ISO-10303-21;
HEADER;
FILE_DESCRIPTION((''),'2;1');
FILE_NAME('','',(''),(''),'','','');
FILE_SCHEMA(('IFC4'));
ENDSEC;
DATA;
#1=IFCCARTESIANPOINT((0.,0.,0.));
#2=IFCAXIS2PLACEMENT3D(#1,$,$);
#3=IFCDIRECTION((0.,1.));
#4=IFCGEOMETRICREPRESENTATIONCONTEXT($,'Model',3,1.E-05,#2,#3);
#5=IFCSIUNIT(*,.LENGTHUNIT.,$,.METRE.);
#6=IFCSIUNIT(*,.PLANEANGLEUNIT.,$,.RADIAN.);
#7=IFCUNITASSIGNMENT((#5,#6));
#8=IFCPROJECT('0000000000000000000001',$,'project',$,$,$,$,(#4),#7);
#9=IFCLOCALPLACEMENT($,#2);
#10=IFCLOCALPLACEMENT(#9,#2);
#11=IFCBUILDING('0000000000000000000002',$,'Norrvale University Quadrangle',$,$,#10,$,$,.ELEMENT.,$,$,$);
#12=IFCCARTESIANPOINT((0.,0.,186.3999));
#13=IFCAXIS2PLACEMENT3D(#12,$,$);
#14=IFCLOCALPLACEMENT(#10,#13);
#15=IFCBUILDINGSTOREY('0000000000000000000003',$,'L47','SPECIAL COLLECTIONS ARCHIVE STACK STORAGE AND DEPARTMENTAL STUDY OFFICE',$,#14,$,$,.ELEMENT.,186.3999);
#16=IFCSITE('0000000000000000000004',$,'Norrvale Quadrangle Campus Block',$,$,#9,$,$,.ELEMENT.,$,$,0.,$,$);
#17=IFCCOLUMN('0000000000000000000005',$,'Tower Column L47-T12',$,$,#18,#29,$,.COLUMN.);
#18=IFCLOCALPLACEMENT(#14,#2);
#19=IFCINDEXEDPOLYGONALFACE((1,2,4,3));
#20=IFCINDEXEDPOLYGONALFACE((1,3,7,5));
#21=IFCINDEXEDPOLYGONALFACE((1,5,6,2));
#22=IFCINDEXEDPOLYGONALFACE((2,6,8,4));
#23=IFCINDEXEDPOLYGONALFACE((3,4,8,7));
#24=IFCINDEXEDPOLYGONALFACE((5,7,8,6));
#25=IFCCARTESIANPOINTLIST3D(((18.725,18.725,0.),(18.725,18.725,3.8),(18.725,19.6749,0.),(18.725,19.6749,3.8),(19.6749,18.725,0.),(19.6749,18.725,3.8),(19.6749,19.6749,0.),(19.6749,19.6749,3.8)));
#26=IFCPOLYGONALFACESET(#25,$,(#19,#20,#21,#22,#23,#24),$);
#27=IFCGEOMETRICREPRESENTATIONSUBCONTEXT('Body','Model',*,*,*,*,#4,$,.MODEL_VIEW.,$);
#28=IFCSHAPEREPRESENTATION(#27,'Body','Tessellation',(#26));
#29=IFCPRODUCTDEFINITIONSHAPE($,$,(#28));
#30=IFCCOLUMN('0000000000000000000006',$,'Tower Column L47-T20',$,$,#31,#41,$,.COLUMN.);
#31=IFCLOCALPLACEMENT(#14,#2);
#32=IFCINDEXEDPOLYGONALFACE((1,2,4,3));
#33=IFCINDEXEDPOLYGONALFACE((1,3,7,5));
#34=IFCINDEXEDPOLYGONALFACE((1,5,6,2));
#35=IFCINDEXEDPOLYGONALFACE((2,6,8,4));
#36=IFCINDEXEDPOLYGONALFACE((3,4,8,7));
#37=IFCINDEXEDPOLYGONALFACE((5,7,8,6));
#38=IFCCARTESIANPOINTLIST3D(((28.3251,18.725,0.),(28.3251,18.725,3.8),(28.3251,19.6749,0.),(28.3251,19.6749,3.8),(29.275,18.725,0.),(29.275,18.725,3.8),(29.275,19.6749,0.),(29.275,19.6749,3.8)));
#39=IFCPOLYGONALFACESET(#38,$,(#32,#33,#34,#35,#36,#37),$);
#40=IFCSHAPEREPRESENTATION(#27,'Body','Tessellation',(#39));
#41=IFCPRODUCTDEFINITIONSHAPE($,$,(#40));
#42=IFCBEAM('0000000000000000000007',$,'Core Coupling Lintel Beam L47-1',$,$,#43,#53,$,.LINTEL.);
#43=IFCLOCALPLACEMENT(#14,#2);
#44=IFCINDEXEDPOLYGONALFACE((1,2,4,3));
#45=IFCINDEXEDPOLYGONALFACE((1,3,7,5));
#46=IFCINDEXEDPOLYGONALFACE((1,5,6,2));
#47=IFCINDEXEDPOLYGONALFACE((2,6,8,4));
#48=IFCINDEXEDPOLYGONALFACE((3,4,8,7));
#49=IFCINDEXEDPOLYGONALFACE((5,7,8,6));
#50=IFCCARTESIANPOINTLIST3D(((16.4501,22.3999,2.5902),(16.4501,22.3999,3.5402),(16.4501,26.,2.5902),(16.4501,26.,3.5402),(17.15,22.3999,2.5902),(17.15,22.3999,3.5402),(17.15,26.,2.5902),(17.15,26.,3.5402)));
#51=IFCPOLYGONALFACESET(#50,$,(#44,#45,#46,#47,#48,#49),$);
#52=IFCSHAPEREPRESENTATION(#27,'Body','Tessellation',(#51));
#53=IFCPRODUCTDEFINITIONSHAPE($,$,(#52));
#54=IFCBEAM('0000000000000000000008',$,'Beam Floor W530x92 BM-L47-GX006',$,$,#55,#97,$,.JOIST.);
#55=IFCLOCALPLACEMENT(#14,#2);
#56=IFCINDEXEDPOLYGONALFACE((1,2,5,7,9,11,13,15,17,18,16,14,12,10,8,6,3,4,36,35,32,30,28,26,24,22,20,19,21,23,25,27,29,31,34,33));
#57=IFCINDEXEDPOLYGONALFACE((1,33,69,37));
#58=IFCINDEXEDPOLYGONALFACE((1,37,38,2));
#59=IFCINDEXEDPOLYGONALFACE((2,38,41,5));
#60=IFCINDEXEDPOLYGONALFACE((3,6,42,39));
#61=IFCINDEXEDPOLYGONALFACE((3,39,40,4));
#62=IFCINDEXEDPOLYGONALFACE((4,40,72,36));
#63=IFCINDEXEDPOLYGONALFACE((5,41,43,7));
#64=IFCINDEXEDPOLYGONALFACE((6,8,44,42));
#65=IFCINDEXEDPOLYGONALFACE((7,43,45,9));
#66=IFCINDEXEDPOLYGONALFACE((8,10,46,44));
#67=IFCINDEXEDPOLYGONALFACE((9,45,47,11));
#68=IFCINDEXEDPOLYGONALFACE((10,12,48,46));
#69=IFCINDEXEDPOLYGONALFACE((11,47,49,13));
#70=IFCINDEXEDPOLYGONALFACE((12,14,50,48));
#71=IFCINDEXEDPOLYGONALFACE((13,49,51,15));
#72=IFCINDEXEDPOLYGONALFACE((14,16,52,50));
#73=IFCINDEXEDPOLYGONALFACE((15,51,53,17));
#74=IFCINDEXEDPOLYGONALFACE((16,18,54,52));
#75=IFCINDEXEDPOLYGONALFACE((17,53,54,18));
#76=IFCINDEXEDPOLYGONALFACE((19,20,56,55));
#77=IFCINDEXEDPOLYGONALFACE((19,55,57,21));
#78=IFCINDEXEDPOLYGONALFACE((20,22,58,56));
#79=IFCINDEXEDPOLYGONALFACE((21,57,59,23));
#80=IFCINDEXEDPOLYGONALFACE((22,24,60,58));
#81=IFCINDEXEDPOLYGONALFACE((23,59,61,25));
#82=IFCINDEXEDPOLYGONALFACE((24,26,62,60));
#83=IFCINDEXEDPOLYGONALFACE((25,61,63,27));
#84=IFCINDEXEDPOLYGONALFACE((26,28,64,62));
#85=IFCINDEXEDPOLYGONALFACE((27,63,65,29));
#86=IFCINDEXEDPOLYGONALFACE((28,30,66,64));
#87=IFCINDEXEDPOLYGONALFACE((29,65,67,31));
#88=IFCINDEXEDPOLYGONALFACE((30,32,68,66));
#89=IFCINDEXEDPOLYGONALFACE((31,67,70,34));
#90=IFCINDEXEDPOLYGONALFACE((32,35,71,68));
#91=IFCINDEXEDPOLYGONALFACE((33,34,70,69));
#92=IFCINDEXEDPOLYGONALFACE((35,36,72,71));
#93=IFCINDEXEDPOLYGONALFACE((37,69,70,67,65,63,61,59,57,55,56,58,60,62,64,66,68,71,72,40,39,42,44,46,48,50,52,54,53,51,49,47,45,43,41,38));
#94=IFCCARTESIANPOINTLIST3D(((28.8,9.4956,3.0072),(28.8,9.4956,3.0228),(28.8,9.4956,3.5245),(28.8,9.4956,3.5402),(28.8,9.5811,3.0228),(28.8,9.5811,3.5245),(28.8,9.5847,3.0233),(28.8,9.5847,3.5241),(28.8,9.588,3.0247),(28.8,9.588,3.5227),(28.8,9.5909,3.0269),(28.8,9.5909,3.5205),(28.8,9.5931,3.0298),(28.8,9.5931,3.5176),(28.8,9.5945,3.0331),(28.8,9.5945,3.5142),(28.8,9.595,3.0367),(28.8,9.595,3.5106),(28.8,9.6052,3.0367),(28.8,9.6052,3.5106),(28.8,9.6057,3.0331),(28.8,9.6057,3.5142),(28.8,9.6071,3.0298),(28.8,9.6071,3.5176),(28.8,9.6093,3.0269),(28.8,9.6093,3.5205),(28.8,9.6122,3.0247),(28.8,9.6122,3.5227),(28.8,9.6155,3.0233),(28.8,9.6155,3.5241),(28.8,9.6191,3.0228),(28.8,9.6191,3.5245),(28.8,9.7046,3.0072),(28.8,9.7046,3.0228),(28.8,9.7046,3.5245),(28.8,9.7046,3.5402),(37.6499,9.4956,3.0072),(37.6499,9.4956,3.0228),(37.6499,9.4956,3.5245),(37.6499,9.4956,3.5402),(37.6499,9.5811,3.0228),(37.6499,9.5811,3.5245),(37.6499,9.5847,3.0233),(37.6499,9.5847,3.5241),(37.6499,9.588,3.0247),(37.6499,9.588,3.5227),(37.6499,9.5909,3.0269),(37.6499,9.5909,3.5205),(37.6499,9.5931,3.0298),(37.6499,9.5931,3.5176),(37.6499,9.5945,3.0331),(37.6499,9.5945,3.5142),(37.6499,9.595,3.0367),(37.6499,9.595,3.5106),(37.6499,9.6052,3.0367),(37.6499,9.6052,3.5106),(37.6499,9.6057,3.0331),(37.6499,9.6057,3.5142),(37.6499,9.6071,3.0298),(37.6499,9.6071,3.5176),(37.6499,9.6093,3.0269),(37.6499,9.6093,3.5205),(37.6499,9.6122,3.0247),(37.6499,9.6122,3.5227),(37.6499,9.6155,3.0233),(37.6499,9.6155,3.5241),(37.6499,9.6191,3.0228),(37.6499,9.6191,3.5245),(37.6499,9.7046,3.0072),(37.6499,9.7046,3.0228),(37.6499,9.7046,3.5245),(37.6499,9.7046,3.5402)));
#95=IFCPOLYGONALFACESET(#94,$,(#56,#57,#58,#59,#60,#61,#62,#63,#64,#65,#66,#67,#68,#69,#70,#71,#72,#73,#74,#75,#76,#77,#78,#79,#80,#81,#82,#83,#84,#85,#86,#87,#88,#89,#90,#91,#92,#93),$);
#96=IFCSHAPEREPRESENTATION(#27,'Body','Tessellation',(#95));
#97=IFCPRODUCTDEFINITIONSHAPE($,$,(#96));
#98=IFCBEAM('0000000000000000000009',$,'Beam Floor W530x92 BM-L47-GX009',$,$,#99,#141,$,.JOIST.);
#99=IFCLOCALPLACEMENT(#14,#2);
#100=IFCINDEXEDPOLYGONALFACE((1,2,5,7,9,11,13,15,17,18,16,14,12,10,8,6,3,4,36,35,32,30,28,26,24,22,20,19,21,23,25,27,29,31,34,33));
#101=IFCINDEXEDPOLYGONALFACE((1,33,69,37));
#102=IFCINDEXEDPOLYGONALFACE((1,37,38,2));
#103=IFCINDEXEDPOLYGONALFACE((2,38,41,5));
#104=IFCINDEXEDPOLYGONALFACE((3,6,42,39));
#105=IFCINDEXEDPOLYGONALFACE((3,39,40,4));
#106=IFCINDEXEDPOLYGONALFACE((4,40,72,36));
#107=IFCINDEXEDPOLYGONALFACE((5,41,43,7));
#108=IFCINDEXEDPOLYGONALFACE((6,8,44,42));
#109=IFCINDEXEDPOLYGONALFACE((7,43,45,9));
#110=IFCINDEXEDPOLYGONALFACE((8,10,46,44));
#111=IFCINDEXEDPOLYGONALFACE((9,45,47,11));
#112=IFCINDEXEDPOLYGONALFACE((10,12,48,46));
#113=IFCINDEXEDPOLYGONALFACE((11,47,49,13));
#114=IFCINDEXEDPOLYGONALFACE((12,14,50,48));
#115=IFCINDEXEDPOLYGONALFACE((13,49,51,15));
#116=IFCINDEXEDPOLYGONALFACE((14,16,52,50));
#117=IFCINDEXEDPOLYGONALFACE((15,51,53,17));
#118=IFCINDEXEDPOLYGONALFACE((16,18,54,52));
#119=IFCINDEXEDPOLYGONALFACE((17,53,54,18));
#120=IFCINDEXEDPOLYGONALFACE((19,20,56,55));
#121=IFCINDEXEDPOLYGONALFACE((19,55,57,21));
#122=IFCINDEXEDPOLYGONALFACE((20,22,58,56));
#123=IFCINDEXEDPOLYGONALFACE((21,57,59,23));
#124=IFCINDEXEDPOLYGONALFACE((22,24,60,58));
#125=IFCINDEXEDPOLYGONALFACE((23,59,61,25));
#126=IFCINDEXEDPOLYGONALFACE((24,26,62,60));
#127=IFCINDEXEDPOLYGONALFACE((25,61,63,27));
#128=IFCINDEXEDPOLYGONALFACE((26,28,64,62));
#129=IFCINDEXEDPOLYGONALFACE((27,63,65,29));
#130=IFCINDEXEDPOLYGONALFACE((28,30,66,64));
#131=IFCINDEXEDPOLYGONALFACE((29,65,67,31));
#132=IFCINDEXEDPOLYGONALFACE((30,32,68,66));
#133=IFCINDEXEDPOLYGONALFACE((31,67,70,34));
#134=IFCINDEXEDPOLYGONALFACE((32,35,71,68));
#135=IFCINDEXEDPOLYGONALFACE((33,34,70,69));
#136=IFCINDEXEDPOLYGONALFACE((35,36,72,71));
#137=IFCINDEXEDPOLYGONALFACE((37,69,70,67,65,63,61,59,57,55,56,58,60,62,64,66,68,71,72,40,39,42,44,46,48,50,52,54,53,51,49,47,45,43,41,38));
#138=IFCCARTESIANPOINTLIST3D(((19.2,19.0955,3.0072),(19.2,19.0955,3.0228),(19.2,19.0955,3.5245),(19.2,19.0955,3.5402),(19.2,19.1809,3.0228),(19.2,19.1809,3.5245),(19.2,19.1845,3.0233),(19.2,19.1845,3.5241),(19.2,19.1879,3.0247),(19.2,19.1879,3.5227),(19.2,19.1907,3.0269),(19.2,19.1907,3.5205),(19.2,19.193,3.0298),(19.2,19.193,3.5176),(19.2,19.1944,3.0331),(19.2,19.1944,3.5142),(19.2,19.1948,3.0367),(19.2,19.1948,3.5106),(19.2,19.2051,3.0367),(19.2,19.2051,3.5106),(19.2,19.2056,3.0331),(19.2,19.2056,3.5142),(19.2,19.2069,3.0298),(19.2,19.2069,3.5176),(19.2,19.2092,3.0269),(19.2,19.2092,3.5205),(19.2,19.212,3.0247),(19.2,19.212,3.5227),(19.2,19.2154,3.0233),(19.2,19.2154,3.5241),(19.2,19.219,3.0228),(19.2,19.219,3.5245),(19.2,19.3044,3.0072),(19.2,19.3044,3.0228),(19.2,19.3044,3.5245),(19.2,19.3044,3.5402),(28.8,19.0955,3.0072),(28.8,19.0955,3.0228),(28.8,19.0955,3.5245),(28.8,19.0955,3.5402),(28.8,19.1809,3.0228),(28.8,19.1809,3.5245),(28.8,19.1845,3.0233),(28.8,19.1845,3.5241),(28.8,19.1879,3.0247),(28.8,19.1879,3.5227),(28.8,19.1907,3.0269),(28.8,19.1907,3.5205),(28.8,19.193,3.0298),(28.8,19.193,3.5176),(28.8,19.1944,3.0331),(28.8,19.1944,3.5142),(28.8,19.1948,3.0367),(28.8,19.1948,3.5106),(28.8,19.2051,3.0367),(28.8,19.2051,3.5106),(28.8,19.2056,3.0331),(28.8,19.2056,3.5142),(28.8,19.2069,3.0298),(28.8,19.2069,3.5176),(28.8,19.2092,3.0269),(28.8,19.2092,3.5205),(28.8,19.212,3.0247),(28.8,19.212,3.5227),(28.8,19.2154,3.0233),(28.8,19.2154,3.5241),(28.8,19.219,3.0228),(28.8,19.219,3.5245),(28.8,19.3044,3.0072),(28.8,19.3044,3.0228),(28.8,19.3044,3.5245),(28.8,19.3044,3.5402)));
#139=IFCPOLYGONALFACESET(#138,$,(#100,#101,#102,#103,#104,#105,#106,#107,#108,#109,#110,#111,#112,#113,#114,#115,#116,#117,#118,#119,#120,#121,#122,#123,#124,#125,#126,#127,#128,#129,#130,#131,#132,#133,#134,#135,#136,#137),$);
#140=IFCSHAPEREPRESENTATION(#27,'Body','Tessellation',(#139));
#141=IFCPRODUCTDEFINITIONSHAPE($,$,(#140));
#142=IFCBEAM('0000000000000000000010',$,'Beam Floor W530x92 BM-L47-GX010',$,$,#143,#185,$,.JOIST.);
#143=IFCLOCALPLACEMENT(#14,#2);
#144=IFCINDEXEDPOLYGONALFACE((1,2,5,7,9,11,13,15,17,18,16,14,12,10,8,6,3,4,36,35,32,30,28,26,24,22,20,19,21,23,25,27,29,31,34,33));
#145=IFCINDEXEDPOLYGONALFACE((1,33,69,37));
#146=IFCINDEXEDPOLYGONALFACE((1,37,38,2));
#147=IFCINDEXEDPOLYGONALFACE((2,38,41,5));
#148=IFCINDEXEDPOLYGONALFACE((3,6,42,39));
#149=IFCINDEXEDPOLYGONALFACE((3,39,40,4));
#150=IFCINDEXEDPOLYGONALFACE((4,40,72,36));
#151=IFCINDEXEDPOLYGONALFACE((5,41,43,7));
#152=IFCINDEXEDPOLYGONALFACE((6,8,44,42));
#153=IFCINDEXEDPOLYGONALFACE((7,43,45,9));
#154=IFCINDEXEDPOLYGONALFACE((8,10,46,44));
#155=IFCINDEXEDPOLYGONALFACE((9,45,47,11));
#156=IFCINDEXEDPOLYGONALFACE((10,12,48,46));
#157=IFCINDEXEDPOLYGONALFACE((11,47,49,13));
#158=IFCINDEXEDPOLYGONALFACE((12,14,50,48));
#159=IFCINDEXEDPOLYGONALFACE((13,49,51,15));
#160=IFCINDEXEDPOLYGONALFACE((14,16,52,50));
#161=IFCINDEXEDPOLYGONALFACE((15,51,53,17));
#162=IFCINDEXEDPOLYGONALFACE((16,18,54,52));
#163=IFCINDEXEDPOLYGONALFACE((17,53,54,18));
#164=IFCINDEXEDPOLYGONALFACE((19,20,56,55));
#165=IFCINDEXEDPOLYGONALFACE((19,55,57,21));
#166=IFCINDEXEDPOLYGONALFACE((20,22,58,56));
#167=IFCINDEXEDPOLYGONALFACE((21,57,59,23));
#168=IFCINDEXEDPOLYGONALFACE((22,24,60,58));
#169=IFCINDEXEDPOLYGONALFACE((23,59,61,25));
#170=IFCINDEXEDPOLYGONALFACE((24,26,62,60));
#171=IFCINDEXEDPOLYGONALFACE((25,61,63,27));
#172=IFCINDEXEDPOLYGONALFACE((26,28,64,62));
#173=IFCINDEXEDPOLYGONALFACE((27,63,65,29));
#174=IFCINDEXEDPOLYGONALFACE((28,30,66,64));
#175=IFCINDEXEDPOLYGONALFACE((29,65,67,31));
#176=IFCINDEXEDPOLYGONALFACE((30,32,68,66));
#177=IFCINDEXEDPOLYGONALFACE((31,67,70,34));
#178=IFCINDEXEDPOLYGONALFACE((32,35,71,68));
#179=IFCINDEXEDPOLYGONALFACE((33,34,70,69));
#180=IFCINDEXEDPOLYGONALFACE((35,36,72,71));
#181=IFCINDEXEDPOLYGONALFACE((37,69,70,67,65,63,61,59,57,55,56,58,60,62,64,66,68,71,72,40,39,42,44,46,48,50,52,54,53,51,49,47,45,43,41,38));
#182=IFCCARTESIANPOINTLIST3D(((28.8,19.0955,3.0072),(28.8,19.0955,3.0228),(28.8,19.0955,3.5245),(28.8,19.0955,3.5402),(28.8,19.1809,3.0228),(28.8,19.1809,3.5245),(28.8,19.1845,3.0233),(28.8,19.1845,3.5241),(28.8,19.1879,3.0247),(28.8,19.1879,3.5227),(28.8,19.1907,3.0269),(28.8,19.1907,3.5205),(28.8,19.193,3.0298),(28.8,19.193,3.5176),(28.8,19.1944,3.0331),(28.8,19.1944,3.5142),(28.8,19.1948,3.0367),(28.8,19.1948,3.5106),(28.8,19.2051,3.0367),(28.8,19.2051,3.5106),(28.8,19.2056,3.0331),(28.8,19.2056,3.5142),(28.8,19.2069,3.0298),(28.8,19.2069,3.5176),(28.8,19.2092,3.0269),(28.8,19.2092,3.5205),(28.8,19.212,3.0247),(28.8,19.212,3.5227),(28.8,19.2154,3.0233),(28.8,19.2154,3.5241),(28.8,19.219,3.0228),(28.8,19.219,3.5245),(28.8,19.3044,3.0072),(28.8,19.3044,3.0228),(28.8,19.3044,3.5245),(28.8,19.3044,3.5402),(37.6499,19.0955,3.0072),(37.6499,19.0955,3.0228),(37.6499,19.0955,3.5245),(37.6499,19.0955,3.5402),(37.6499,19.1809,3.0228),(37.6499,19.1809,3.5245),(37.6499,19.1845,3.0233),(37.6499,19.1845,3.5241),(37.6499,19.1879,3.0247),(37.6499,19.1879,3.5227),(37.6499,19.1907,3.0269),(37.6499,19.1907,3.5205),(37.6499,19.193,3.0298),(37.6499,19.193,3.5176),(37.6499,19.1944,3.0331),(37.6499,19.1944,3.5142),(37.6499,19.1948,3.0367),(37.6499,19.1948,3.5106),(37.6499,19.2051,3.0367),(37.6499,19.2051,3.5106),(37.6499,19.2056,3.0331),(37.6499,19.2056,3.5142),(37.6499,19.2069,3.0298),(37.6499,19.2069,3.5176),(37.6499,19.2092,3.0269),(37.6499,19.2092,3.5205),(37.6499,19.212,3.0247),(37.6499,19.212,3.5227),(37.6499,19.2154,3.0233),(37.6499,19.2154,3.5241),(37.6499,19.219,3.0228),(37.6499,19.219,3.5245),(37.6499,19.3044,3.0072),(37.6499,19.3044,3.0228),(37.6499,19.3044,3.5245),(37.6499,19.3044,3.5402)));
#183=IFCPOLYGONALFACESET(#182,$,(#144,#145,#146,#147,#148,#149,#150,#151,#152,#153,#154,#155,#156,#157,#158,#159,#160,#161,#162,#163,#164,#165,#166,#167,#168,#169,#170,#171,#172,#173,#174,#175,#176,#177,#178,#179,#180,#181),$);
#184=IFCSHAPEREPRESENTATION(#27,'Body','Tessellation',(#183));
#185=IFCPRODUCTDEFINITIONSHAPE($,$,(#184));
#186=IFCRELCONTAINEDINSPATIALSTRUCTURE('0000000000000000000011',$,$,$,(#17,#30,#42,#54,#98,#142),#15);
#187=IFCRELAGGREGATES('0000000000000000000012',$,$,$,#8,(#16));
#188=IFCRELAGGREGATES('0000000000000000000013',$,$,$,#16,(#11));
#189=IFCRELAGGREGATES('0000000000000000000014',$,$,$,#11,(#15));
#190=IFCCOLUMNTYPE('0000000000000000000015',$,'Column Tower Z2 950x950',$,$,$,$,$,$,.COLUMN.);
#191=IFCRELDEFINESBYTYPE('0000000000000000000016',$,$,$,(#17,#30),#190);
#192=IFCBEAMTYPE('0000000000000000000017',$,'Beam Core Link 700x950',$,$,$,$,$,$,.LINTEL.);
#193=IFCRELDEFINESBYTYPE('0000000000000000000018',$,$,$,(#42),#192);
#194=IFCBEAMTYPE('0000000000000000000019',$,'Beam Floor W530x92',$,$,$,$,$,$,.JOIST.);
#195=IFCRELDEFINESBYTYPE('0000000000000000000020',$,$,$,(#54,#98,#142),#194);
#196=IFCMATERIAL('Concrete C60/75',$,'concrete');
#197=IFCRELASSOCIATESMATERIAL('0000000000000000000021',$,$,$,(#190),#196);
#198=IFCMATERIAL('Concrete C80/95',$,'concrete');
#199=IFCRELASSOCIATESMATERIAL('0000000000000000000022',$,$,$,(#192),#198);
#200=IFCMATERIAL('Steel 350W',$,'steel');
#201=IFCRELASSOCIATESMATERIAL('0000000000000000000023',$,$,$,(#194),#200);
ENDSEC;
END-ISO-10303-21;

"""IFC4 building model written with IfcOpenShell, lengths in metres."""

from ifc_helpers import new_model, si_unit, direction, frame, origin, origin_2d, place, context, subcontext, project, spatial, rectangle, i_section, extrude, material, material_profile, profile_set, type_object, element, save


model = new_model("IFC4")

# Units and contexts
model_context = context("Model", 3, precision=1e-05, world=origin(), true_north=direction((0.0, 1.0)))
body_context = subcontext(model_context, "Body", "Model", "MODEL_VIEW")
ifc_project = project(units=[si_unit("LENGTHUNIT", "METRE"), si_unit("PLANEANGLEUNIT", "RADIAN")], contexts=[model_context])

# Site, building, storey
site_placement = place(None, origin())
site = spatial("IfcSite", under=ifc_project, at=site_placement, Name="Norrvale Quadrangle Campus Block", CompositionType="ELEMENT", RefElevation=0.0)
building_placement = place(site_placement, origin())
building = spatial("IfcBuilding", under=site, at=building_placement, Name="Norrvale University Quadrangle", CompositionType="ELEMENT")
storey_placement = place(building_placement, frame((0.0, 0.0, 186.3999)))
storey = spatial("IfcBuildingStorey", under=building, at=storey_placement, Name="L47", Description="SPECIAL COLLECTIONS ARCHIVE STACK STORAGE AND DEPARTMENTAL STUDY OFFICE", CompositionType="ELEMENT", Elevation=186.3999)

# Columns
ifc_material_1 = material(Name="Concrete C60/75", Category="concrete")
ifc_material_profile_1 = material_profile(ifc_material_1, rectangle(XDim=0.95, YDim=0.95, at=origin_2d()), Name="Concrete C60/75")
ifc_profile_set_1 = profile_set([ifc_material_profile_1], Name="Concrete C60/75")
column_type = type_object("IfcColumnType", Name="Column Tower Z2 950x950", PredefinedType="COLUMN", material=ifc_profile_set_1)
for number, where, z_axis, x_axis, name in (
    (1, (19.2, 19.2, 0.0), (0.0, 0.0, 1.0), (1.0, 0.0, 0.0), "Tower Column L47-T12"),
    (2, (28.8, 19.2, 0.0), (0.0, 0.0, 1.0), (1.0, 0.0, 0.0), "Tower Column L47-T20"),
):
    element("IfcColumn", number, at=place(storey_placement, frame(where, z_axis=z_axis, x_axis=x_axis)), inside=storey, type_object=column_type, Name=name, PredefinedType="COLUMN", context=body_context, shape_type="SweptSolid", body=[
        extrude(rectangle(XDim=0.95, YDim=0.95, at=origin_2d()), origin(), (0.0, 0.0, 1.0), 3.8),
    ])

# Beams
ifc_material_2 = material(Name="Concrete C80/95", Category="concrete")
ifc_material_profile_2 = material_profile(ifc_material_2, rectangle(XDim=0.7, YDim=0.95, at=origin_2d()), Name="Concrete C80/95")
ifc_profile_set_2 = profile_set([ifc_material_profile_2], Name="Concrete C80/95")
beam_type_1 = type_object("IfcBeamType", Name="Beam Core Link 700x950", PredefinedType="LINTEL", material=ifc_profile_set_2)
beam_1_placement = place(storey_placement, frame((16.8, 22.3999, 3.0652), z_axis=(0.0, 1.0, 0.0), x_axis=(-1.0, 0.0, 0.0)))
element("IfcBeam", 3, at=beam_1_placement, inside=storey, type_object=beam_type_1, Name="Core Coupling Lintel Beam L47-1", PredefinedType="LINTEL", context=body_context, shape_type="SweptSolid", body=[
    extrude(rectangle(XDim=0.7, YDim=0.95, at=origin_2d()), origin(), (0.0, 0.0, 1.0), 3.6001),
])
ifc_material_3 = material(Name="Steel 350W", Category="steel")
ifc_material_profile_3 = material_profile(ifc_material_3, i_section(OverallWidth=0.209, OverallDepth=0.533, WebThickness=0.0103, FlangeThickness=0.0156, FilletRadius=0.0139, at=origin_2d()), Name="Steel 350W")
ifc_profile_set_3 = profile_set([ifc_material_profile_3], Name="Steel 350W")
beam_type_2 = type_object("IfcBeamType", Name="Beam Floor W530x92", PredefinedType="JOIST", material=ifc_profile_set_3)
beam_2_placement = place(storey_placement, frame((28.8, 9.6001, 3.2737), z_axis=(1.0, 0.0, 0.0), x_axis=(0.0, 1.0, 0.0)))
element("IfcBeam", 4, at=beam_2_placement, inside=storey, type_object=beam_type_2, Name="Beam Floor W530x92 BM-L47-GX006", PredefinedType="JOIST", context=body_context, shape_type="SweptSolid", body=[
    extrude(i_section(OverallWidth=0.209, OverallDepth=0.533, WebThickness=0.0103, FlangeThickness=0.0156, FilletRadius=0.0139, at=origin_2d()), origin(), (0.0, 0.0, 1.0), 8.8499),
])
beam_3_placement = place(storey_placement, frame((19.2, 19.2, 3.2737), z_axis=(1.0, 0.0, 0.0), x_axis=(0.0, 1.0, 0.0)))
element("IfcBeam", 5, at=beam_3_placement, inside=storey, type_object=beam_type_2, Name="Beam Floor W530x92 BM-L47-GX009", PredefinedType="JOIST", context=body_context, shape_type="SweptSolid", body=[
    extrude(i_section(OverallWidth=0.209, OverallDepth=0.533, WebThickness=0.0103, FlangeThickness=0.0156, FilletRadius=0.0139, at=origin_2d()), origin(), (0.0, 0.0, 1.0), 9.6001),
])
beam_4_placement = place(storey_placement, frame((28.8, 19.2, 3.2737), z_axis=(1.0, 0.0, 0.0), x_axis=(0.0, 1.0, 0.0)))
element("IfcBeam", 6, at=beam_4_placement, inside=storey, type_object=beam_type_2, Name="Beam Floor W530x92 BM-L47-GX010", PredefinedType="JOIST", context=body_context, shape_type="SweptSolid", body=[
    extrude(i_section(OverallWidth=0.209, OverallDepth=0.533, WebThickness=0.0103, FlangeThickness=0.0156, FilletRadius=0.0139, at=origin_2d()), origin(), (0.0, 0.0, 1.0), 8.8499),
])

save(model, "model.ifc")
